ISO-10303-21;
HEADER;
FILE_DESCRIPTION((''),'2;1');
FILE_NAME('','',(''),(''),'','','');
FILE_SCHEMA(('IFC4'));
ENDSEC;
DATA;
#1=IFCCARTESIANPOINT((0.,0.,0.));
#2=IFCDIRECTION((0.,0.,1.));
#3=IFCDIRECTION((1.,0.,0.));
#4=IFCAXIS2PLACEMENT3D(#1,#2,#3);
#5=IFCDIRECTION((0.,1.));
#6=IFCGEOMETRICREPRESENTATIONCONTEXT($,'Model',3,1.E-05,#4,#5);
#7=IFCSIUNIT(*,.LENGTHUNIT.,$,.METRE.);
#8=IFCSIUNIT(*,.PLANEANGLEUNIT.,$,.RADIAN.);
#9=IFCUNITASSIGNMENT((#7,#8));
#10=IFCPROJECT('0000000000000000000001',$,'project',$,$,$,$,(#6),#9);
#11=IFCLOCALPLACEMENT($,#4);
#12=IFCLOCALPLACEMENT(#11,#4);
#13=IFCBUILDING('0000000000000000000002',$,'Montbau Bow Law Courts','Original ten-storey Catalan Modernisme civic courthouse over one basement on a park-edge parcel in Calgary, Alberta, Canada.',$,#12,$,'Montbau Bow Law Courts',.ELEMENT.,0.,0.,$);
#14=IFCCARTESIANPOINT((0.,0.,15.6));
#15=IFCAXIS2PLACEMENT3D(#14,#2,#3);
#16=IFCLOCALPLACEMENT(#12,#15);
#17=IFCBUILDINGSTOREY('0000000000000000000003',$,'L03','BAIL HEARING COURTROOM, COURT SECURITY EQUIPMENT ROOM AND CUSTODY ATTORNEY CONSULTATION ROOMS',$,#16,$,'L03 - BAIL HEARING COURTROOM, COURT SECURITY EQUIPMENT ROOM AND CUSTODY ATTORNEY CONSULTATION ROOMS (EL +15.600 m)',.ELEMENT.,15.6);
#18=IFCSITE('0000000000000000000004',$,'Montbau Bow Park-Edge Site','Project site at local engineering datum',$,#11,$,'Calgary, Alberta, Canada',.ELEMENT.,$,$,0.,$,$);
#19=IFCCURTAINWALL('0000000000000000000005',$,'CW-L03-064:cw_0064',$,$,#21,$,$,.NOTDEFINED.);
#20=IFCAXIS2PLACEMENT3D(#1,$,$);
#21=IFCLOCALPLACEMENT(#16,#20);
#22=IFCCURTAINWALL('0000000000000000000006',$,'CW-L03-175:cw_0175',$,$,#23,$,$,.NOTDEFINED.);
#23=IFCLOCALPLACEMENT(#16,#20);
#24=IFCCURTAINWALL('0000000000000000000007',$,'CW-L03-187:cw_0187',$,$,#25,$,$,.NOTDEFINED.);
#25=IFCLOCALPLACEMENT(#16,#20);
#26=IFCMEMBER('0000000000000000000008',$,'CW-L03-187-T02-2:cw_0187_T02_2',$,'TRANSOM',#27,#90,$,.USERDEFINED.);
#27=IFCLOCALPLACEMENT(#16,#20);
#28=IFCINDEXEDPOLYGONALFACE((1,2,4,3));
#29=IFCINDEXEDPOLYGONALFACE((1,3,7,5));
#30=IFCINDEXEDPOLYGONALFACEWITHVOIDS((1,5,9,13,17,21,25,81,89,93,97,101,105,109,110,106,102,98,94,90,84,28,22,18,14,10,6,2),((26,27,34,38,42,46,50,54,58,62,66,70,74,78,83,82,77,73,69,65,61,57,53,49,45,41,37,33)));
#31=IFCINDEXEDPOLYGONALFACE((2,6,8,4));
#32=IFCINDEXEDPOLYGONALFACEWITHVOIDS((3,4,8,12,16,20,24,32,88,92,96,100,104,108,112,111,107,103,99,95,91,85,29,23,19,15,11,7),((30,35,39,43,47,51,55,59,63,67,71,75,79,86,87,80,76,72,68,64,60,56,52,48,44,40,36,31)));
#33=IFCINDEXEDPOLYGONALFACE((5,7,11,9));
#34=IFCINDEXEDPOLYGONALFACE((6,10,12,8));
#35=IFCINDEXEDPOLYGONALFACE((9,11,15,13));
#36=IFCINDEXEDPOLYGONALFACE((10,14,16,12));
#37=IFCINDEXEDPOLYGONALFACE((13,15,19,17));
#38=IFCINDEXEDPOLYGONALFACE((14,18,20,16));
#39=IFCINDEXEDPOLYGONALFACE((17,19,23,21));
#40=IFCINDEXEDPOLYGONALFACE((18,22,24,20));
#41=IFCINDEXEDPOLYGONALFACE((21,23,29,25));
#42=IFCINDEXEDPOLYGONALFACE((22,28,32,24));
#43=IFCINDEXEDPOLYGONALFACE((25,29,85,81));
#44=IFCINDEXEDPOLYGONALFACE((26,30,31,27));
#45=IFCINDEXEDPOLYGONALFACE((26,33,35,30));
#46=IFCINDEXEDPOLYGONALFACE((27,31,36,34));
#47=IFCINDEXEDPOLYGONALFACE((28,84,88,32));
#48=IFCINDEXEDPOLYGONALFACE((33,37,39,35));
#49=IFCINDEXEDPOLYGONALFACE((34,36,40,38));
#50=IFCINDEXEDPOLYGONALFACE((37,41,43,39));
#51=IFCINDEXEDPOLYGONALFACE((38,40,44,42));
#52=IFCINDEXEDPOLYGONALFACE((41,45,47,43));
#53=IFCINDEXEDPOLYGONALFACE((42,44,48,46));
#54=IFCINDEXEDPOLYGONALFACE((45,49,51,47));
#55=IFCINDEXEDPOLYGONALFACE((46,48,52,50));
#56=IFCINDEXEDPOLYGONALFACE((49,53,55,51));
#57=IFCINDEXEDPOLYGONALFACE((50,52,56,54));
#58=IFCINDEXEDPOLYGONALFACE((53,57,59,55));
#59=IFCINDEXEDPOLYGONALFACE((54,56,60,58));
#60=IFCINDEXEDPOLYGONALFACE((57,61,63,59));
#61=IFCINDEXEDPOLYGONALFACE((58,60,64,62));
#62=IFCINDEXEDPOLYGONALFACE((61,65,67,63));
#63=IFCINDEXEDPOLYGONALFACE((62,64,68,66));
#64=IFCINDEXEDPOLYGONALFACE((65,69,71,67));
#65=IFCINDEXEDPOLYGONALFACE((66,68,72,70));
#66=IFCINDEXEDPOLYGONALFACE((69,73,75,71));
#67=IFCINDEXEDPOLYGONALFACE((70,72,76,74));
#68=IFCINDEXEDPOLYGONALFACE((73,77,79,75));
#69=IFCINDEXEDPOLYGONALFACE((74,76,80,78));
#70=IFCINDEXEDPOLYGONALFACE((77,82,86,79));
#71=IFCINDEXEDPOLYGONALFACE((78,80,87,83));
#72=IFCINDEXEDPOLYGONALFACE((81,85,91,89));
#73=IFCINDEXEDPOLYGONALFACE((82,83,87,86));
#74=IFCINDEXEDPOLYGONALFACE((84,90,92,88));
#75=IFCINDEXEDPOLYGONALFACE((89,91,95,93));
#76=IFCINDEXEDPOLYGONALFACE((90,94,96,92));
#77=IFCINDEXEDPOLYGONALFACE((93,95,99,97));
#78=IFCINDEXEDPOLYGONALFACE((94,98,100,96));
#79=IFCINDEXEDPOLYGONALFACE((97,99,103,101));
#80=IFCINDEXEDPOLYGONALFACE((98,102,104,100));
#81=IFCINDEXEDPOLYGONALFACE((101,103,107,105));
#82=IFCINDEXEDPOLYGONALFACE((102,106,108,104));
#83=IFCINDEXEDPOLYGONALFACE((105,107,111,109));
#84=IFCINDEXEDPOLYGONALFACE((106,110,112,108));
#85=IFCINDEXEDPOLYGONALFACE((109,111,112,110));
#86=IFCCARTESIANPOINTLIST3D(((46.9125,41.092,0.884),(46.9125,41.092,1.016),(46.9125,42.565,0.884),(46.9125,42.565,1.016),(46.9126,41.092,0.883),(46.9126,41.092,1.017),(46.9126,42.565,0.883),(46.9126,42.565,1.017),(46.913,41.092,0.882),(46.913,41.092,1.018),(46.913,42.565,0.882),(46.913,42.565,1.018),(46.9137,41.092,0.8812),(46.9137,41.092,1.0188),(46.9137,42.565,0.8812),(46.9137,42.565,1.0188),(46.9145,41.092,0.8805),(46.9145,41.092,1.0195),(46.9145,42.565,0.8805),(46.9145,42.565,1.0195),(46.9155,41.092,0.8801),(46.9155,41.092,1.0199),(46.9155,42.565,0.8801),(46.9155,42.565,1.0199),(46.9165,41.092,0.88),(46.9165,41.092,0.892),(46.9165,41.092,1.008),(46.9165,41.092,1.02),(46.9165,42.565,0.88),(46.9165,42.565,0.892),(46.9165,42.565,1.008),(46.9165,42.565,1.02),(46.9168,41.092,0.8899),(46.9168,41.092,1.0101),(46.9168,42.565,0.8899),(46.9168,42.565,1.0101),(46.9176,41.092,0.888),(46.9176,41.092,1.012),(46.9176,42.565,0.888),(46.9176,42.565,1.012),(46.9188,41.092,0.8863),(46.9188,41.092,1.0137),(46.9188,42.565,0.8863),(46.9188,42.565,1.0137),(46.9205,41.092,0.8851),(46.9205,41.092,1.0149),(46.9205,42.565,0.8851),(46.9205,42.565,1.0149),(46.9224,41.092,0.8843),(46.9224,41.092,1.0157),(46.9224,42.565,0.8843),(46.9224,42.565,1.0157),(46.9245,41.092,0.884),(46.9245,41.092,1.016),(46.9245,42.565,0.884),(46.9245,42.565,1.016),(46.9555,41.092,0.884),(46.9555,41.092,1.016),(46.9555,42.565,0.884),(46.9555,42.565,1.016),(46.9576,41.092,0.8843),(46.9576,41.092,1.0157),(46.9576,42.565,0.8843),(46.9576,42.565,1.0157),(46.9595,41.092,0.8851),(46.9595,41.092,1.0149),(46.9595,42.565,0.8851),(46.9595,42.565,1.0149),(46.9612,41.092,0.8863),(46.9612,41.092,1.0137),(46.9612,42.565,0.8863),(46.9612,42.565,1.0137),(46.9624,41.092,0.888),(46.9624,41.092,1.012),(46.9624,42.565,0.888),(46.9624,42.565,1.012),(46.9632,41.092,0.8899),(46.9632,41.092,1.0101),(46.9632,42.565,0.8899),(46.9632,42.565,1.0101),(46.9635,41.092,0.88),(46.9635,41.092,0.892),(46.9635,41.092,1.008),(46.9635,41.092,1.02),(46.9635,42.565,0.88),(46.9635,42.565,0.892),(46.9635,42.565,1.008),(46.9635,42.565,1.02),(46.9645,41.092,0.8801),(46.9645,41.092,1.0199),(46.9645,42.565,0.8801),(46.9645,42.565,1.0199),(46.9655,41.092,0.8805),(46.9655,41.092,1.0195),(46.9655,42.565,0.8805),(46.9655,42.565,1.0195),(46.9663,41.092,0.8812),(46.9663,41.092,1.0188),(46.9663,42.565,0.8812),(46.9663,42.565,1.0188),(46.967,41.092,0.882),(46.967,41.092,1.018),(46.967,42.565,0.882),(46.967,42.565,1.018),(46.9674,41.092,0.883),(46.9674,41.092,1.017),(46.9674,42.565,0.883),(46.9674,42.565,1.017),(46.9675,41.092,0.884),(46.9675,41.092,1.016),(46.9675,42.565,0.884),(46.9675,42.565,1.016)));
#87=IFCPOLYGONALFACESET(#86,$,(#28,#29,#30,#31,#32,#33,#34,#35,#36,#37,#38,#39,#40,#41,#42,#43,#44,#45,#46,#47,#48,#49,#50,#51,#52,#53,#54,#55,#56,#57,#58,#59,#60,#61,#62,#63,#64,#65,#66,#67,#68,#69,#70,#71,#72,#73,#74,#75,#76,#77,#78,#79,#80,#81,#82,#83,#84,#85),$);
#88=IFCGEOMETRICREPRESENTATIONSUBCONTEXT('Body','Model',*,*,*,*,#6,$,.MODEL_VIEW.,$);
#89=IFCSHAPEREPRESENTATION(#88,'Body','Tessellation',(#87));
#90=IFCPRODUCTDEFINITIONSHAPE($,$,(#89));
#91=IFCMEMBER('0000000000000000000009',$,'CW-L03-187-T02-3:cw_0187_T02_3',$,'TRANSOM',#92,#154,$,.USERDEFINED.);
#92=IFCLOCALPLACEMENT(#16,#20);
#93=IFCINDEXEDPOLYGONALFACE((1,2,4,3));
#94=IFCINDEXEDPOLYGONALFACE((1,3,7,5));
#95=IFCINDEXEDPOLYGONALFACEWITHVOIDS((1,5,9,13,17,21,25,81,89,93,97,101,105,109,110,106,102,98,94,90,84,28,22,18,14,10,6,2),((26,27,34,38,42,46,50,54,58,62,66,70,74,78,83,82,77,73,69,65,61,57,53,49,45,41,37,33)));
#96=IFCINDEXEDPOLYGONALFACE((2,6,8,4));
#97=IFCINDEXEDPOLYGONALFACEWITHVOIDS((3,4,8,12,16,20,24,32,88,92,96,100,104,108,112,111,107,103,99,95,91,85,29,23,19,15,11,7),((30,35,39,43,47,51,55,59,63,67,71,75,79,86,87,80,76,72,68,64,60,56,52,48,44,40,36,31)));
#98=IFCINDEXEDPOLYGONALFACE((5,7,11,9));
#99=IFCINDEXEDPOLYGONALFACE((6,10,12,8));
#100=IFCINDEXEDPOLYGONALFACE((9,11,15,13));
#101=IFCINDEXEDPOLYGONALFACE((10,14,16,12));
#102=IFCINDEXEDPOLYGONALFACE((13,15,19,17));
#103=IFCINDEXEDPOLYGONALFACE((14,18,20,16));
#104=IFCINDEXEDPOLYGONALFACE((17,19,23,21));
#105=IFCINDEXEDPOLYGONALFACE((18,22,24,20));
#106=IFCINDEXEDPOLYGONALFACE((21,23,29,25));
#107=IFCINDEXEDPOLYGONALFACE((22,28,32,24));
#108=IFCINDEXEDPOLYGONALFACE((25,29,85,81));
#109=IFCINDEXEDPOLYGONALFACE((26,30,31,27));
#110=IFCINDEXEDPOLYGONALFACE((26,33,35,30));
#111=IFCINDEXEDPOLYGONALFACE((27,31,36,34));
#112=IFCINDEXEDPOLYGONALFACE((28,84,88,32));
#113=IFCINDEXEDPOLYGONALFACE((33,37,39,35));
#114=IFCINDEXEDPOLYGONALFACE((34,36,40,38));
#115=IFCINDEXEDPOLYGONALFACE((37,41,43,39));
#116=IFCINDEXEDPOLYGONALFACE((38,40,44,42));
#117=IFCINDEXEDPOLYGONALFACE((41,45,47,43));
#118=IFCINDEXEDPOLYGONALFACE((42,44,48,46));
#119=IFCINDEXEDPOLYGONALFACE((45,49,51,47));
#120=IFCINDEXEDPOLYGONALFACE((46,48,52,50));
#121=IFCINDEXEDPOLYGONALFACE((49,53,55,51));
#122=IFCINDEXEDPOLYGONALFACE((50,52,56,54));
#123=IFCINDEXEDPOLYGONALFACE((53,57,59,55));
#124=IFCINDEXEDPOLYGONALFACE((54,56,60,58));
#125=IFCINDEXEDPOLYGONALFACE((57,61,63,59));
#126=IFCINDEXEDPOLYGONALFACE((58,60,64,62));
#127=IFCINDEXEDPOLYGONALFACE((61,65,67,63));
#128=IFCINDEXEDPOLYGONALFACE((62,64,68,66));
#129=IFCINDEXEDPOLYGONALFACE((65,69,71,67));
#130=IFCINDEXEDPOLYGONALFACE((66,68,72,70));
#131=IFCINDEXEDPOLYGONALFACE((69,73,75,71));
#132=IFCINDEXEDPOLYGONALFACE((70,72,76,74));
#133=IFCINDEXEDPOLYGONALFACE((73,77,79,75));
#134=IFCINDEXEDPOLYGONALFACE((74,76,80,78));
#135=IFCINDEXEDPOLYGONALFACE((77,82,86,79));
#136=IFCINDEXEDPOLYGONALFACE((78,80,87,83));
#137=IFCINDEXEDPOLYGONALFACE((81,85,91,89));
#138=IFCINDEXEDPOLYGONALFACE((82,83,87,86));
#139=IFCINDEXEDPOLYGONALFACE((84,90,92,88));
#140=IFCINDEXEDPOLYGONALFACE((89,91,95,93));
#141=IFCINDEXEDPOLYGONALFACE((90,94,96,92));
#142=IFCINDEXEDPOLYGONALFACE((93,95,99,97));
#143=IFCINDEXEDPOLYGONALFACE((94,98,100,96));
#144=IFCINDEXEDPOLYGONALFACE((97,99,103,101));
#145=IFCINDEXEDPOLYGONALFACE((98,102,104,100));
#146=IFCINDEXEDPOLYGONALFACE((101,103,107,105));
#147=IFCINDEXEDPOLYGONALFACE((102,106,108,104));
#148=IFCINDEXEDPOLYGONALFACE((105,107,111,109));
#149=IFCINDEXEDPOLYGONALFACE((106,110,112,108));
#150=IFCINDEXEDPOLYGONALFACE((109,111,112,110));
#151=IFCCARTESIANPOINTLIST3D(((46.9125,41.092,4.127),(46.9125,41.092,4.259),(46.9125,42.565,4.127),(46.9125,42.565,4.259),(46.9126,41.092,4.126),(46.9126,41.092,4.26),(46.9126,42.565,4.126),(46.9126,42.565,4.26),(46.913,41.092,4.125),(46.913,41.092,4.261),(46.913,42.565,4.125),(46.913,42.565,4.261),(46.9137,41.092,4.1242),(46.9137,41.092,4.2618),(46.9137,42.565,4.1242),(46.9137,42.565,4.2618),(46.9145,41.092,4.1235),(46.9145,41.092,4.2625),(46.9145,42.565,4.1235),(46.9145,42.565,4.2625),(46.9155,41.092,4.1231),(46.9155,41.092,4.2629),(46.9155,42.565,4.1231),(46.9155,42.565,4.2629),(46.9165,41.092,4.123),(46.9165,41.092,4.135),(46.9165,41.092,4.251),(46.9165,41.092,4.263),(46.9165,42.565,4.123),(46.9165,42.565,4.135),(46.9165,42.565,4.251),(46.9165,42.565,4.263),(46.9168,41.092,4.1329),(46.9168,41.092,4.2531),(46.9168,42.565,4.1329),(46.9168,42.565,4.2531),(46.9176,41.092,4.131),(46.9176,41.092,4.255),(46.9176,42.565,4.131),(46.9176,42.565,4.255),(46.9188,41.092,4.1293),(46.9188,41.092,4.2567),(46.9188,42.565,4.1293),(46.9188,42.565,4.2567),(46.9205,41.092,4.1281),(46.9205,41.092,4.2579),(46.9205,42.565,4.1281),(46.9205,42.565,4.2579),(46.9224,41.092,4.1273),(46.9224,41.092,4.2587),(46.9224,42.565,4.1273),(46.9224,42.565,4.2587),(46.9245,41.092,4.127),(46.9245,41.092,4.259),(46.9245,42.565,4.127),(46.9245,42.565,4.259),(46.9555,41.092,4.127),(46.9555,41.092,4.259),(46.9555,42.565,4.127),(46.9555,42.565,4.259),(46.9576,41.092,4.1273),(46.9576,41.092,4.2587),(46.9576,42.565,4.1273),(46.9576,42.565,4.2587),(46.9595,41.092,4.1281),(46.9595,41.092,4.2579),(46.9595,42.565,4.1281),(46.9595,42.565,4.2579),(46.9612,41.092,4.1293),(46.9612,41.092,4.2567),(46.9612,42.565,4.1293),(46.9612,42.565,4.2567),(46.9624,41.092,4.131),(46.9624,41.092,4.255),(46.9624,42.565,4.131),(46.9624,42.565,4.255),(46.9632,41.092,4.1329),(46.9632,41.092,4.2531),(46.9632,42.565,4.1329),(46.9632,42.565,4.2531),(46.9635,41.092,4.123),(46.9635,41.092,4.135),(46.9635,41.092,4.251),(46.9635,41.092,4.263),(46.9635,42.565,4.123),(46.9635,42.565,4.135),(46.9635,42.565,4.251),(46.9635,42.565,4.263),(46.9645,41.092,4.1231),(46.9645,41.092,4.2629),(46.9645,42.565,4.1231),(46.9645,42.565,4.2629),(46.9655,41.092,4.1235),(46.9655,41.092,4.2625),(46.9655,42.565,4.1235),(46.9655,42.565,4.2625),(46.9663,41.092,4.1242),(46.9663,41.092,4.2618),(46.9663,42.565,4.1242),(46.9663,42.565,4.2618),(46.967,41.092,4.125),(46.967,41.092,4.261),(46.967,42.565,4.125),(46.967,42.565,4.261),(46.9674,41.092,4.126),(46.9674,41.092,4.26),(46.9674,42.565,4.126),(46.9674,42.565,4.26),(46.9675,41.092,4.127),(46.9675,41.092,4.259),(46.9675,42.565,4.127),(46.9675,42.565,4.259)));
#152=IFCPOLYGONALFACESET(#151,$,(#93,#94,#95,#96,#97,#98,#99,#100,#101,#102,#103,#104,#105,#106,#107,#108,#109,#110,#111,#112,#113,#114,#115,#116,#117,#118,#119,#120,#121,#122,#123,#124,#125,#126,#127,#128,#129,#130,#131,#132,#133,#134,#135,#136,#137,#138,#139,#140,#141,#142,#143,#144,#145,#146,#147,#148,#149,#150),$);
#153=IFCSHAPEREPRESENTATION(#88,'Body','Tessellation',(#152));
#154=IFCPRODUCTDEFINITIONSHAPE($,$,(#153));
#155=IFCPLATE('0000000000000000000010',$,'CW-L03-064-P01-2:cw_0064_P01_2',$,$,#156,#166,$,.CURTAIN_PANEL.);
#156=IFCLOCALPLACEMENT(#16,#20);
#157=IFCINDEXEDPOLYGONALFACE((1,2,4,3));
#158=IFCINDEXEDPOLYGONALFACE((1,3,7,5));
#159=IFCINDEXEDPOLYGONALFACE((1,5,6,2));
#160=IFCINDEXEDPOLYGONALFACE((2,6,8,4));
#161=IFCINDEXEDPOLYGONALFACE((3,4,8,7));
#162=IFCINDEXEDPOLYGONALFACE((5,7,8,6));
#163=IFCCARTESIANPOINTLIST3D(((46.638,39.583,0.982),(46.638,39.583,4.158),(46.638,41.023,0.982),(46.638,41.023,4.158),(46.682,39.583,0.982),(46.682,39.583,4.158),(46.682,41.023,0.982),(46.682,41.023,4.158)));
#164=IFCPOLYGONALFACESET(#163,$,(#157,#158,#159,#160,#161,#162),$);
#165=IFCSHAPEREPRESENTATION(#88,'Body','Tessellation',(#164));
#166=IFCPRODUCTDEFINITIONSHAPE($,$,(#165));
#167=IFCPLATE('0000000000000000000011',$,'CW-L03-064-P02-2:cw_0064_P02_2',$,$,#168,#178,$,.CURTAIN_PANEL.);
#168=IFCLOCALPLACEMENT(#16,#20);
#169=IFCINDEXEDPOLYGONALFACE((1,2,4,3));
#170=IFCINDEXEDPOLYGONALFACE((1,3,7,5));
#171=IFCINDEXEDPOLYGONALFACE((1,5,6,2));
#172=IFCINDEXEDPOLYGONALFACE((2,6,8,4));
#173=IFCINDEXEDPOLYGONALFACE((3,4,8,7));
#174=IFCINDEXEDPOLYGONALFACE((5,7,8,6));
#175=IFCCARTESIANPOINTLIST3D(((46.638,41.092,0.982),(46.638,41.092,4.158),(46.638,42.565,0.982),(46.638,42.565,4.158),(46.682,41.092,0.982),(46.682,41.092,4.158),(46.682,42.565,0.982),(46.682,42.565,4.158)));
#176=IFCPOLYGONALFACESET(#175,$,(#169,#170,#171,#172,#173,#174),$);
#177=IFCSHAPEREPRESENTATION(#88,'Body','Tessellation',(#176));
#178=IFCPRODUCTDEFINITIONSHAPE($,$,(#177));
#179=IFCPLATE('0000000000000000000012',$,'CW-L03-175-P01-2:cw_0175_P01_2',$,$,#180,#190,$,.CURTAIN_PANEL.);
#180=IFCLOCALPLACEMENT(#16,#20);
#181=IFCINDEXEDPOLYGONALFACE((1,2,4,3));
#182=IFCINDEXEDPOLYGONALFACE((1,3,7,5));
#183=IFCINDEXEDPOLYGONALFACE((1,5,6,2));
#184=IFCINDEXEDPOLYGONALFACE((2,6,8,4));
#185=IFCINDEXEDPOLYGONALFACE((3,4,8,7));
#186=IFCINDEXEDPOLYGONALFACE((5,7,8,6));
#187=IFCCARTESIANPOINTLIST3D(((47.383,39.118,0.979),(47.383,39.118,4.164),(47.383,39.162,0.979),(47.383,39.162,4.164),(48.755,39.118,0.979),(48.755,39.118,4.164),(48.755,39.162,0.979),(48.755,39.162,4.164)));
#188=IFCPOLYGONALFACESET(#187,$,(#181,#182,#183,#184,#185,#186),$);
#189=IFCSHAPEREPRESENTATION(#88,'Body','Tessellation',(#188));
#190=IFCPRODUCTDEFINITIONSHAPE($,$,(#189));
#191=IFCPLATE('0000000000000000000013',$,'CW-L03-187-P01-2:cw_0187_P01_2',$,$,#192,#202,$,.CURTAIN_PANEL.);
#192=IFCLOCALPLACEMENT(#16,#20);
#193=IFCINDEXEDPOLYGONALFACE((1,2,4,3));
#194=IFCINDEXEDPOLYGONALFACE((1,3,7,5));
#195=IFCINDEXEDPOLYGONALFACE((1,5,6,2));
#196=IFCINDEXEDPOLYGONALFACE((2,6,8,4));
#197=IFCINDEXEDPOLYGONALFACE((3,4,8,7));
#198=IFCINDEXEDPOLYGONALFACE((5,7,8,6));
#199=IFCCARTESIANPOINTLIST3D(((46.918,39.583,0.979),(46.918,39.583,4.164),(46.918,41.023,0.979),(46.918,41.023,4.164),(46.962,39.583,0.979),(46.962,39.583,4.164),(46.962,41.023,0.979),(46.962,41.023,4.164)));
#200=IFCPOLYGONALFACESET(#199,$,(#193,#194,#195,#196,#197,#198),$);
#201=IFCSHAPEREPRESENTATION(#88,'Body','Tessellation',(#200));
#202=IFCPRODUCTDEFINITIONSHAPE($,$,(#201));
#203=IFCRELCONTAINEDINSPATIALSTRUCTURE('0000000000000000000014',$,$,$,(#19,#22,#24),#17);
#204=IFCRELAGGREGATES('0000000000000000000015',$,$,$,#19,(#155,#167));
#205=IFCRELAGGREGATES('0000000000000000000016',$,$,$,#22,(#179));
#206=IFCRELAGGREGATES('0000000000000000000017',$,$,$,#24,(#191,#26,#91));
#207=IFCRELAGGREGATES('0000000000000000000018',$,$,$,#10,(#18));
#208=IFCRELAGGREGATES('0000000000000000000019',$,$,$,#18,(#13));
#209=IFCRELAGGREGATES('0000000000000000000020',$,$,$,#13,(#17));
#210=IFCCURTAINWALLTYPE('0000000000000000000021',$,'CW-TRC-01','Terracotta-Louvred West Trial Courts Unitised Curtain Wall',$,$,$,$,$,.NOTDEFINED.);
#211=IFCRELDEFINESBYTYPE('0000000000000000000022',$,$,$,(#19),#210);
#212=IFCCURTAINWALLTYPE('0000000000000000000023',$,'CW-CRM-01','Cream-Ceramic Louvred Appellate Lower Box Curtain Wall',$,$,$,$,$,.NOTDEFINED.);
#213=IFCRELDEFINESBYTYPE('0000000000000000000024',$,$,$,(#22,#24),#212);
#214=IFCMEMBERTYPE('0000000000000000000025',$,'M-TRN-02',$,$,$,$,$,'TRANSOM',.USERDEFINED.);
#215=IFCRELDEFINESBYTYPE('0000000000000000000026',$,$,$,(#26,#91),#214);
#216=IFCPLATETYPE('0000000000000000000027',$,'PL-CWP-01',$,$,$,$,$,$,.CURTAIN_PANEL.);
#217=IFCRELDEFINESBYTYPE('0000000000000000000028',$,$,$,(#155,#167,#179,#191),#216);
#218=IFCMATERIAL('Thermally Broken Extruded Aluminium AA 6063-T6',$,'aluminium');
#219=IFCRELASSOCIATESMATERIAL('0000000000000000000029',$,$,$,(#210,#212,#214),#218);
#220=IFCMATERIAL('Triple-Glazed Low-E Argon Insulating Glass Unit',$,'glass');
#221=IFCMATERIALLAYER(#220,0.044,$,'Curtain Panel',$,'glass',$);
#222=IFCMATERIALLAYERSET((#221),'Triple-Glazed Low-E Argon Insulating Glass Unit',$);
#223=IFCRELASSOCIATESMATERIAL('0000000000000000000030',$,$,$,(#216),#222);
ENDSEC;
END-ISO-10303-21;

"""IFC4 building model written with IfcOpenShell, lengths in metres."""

from ifc_helpers import new_model, si_unit, direction, frame, frame_2d, origin_with_axes, origin_2d_with_axis, place, context, subcontext, project, spatial, rectangle, hollow_rectangle, extrude, material, layer, layer_set, material_profile, profile_set, type_object, element, aggregate, save


model = new_model("IFC4")

# Units and contexts
model_context = context("Model", 3, precision=1e-05, world=origin_with_axes(), true_north=direction((0.0, 1.0)))
body_context = subcontext(model_context, "Body", "Model", "MODEL_VIEW")
ifc_project = project(units=[si_unit("LENGTHUNIT", "METRE"), si_unit("PLANEANGLEUNIT", "RADIAN")], contexts=[model_context])

# Site, building, storey
site_placement = place(None, origin_with_axes())
site = spatial("IfcSite", under=ifc_project, at=site_placement, Name="Montbau Bow Park-Edge Site", Description="Project site at local engineering datum", LongName="Calgary, Alberta, Canada", CompositionType="ELEMENT", RefElevation=0.0)
building_placement = place(site_placement, origin_with_axes())
building = spatial("IfcBuilding", under=site, at=building_placement, Name="Montbau Bow Law Courts", Description="Original ten-storey Catalan Modernisme civic courthouse over one basement on a park-edge parcel in Calgary, Alberta, Canada.", LongName="Montbau Bow Law Courts", CompositionType="ELEMENT", ElevationOfRefHeight=0.0, ElevationOfTerrain=0.0)
storey_placement = place(building_placement, frame((0.0, 0.0, 15.6), z_axis=(0.0, 0.0, 1.0), x_axis=(1.0, 0.0, 0.0)))
storey = spatial("IfcBuildingStorey", under=building, at=storey_placement, Name="L03", Description="BAIL HEARING COURTROOM, COURT SECURITY EQUIPMENT ROOM AND CUSTODY ATTORNEY CONSULTATION ROOMS", LongName="L03 - BAIL HEARING COURTROOM, COURT SECURITY EQUIPMENT ROOM AND CUSTODY ATTORNEY CONSULTATION ROOMS (EL +15.600 m)", CompositionType="ELEMENT", Elevation=15.6)

# Curtain walls, members
ifc_material_1 = material(Name="Thermally Broken Extruded Aluminium AA 6063-T6", Category="aluminium")
curtain_wall_type_1 = type_object("IfcCurtainWallType", Name="CW-TRC-01", Description="Terracotta-Louvred West Trial Courts Unitised Curtain Wall", PredefinedType="NOTDEFINED", material=ifc_material_1)
curtain_wall_1_placement = place(None, frame((46.66, 39.515, 15.6), z_axis=(0.0, 0.0, 1.0), x_axis=(1.0, 0.0, 0.0)))
curtain_wall_1 = element("IfcCurtainWall", 1, at=curtain_wall_1_placement, inside=storey, type_object=curtain_wall_type_1, Name="CW-L03-064:cw_0064", PredefinedType="NOTDEFINED")
curtain_wall_type_2 = type_object("IfcCurtainWallType", Name="CW-CRM-01", Description="Cream-Ceramic Louvred Appellate Lower Box Curtain Wall", PredefinedType="NOTDEFINED", material=ifc_material_1)
curtain_wall_2_placement = place(None, frame((47.315, 39.14, 15.6), z_axis=(0.0, 0.0, 1.0), x_axis=(1.0, 0.0, 0.0)))
curtain_wall_2 = element("IfcCurtainWall", 2, at=curtain_wall_2_placement, inside=storey, type_object=curtain_wall_type_2, Name="CW-L03-175:cw_0175", PredefinedType="NOTDEFINED")
ifc_material_profile_1 = material_profile(ifc_material_1, hollow_rectangle(XDim=0.055, YDim=0.14, WallThickness=0.004, InnerFilletRadius=0.008, OuterFilletRadius=0.004, at=origin_2d_with_axis()), Name="CWT-140X55", Category="Main", Priority=0)
ifc_profile_set_1 = profile_set([ifc_material_profile_1], Name="Thermally Broken Extruded Aluminium AA 6063-T6")
member_type_1 = type_object("IfcMemberType", Name="M-TRN-02", ElementType="TRANSOM", PredefinedType="USERDEFINED", material=ifc_profile_set_1)
curtain_wall_3_placement = place(None, frame((46.94, 39.515, 15.6), z_axis=(0.0, 0.0, 1.0), x_axis=(1.0, 0.0, 0.0)))
curtain_wall_3 = element("IfcCurtainWall", 3, at=curtain_wall_3_placement, inside=storey, type_object=curtain_wall_type_2, Name="CW-L03-187:cw_0187", PredefinedType="NOTDEFINED")
member_1_placement = place(None, frame((46.94, 41.092, 16.55), z_axis=(0.0, 1.0, 0.0), x_axis=(-1.0, 0.0, 0.0)))
member_1 = element("IfcMember", 4, at=member_1_placement, type_object=member_type_1, Name="CW-L03-187-T02-2:cw_0187_T02_2", ObjectType="TRANSOM", PredefinedType="USERDEFINED", context=body_context, shape_type="SweptSolid", body=[
    extrude(hollow_rectangle(XDim=0.055, YDim=0.14, WallThickness=0.004, InnerFilletRadius=0.008, OuterFilletRadius=0.004, at=origin_2d_with_axis()), origin_with_axes(), (0.0, 0.0, 1.0), 1.473),
])
member_2_placement = place(None, frame((46.94, 41.092, 19.793), z_axis=(0.0, 1.0, 0.0), x_axis=(-1.0, 0.0, 0.0)))
member_2 = element("IfcMember", 5, at=member_2_placement, type_object=member_type_1, Name="CW-L03-187-T02-3:cw_0187_T02_3", ObjectType="TRANSOM", PredefinedType="USERDEFINED", context=body_context, shape_type="SweptSolid", body=[
    extrude(hollow_rectangle(XDim=0.055, YDim=0.14, WallThickness=0.004, InnerFilletRadius=0.008, OuterFilletRadius=0.004, at=origin_2d_with_axis()), origin_with_axes(), (0.0, 0.0, 1.0), 1.473),
])

# Plates
ifc_material_2 = material(Name="Triple-Glazed Low-E Argon Insulating Glass Unit", Category="glass")
ifc_layer_1 = layer(ifc_material_2, 0.044, Name="Curtain Panel", Category="glass")
ifc_layer_set_1 = layer_set([ifc_layer_1], Name="Triple-Glazed Low-E Argon Insulating Glass Unit")
plate_type_1 = type_object("IfcPlateType", Name="PL-CWP-01", PredefinedType="CURTAIN_PANEL", material=ifc_layer_set_1)
plate_1_placement = place(None, frame((46.66, 39.583, 16.582), z_axis=(1.0, 0.0, 0.0), x_axis=(0.0, 1.0, 0.0)))
plate_1 = element("IfcPlate", 6, at=plate_1_placement, type_object=plate_type_1, Name="CW-L03-064-P01-2:cw_0064_P01_2", PredefinedType="CURTAIN_PANEL", context=body_context, shape_type="SweptSolid", body=[
    extrude(rectangle(XDim=1.44, YDim=3.176, at=frame_2d((0.72, 1.588), x_axis=(1.0, 0.0))), frame((0.0, 0.0, -0.022), z_axis=(0.0, 0.0, 1.0), x_axis=(1.0, 0.0, 0.0)), (0.0, 0.0, 1.0), 0.044),
])
plate_2_placement = place(None, frame((46.66, 41.092, 16.582), z_axis=(1.0, 0.0, 0.0), x_axis=(0.0, 1.0, 0.0)))
plate_2 = element("IfcPlate", 7, at=plate_2_placement, type_object=plate_type_1, Name="CW-L03-064-P02-2:cw_0064_P02_2", PredefinedType="CURTAIN_PANEL", context=body_context, shape_type="SweptSolid", body=[
    extrude(rectangle(XDim=1.473, YDim=3.176, at=frame_2d((0.7365, 1.588), x_axis=(1.0, 0.0))), frame((0.0, 0.0, -0.022), z_axis=(0.0, 0.0, 1.0), x_axis=(1.0, 0.0, 0.0)), (0.0, 0.0, 1.0), 0.044),
])
plate_3_placement = place(None, frame((47.383, 39.14, 16.579), z_axis=(0.0, -1.0, 0.0), x_axis=(1.0, 0.0, 0.0)))
plate_3 = element("IfcPlate", 8, at=plate_3_placement, type_object=plate_type_1, Name="CW-L03-175-P01-2:cw_0175_P01_2", PredefinedType="CURTAIN_PANEL", context=body_context, shape_type="SweptSolid", body=[
    extrude(rectangle(XDim=1.372, YDim=3.185, at=frame_2d((0.686, 1.5925), x_axis=(1.0, 0.0))), frame((0.0, 0.0, -0.022), z_axis=(0.0, 0.0, 1.0), x_axis=(1.0, 0.0, 0.0)), (0.0, 0.0, 1.0), 0.044),
])
plate_4_placement = place(None, frame((46.94, 39.583, 16.579), z_axis=(1.0, 0.0, 0.0), x_axis=(0.0, 1.0, 0.0)))
plate_4 = element("IfcPlate", 9, at=plate_4_placement, type_object=plate_type_1, Name="CW-L03-187-P01-2:cw_0187_P01_2", PredefinedType="CURTAIN_PANEL", context=body_context, shape_type="SweptSolid", body=[
    extrude(rectangle(XDim=1.44, YDim=3.185, at=frame_2d((0.72, 1.5925), x_axis=(1.0, 0.0))), frame((0.0, 0.0, -0.022), z_axis=(0.0, 0.0, 1.0), x_axis=(1.0, 0.0, 0.0)), (0.0, 0.0, 1.0), 0.044),
])
aggregate(curtain_wall_1, [plate_1, plate_2])
aggregate(curtain_wall_2, [plate_3])
aggregate(curtain_wall_3, [plate_4, member_1, member_2])

save(model, "model.ifc")
